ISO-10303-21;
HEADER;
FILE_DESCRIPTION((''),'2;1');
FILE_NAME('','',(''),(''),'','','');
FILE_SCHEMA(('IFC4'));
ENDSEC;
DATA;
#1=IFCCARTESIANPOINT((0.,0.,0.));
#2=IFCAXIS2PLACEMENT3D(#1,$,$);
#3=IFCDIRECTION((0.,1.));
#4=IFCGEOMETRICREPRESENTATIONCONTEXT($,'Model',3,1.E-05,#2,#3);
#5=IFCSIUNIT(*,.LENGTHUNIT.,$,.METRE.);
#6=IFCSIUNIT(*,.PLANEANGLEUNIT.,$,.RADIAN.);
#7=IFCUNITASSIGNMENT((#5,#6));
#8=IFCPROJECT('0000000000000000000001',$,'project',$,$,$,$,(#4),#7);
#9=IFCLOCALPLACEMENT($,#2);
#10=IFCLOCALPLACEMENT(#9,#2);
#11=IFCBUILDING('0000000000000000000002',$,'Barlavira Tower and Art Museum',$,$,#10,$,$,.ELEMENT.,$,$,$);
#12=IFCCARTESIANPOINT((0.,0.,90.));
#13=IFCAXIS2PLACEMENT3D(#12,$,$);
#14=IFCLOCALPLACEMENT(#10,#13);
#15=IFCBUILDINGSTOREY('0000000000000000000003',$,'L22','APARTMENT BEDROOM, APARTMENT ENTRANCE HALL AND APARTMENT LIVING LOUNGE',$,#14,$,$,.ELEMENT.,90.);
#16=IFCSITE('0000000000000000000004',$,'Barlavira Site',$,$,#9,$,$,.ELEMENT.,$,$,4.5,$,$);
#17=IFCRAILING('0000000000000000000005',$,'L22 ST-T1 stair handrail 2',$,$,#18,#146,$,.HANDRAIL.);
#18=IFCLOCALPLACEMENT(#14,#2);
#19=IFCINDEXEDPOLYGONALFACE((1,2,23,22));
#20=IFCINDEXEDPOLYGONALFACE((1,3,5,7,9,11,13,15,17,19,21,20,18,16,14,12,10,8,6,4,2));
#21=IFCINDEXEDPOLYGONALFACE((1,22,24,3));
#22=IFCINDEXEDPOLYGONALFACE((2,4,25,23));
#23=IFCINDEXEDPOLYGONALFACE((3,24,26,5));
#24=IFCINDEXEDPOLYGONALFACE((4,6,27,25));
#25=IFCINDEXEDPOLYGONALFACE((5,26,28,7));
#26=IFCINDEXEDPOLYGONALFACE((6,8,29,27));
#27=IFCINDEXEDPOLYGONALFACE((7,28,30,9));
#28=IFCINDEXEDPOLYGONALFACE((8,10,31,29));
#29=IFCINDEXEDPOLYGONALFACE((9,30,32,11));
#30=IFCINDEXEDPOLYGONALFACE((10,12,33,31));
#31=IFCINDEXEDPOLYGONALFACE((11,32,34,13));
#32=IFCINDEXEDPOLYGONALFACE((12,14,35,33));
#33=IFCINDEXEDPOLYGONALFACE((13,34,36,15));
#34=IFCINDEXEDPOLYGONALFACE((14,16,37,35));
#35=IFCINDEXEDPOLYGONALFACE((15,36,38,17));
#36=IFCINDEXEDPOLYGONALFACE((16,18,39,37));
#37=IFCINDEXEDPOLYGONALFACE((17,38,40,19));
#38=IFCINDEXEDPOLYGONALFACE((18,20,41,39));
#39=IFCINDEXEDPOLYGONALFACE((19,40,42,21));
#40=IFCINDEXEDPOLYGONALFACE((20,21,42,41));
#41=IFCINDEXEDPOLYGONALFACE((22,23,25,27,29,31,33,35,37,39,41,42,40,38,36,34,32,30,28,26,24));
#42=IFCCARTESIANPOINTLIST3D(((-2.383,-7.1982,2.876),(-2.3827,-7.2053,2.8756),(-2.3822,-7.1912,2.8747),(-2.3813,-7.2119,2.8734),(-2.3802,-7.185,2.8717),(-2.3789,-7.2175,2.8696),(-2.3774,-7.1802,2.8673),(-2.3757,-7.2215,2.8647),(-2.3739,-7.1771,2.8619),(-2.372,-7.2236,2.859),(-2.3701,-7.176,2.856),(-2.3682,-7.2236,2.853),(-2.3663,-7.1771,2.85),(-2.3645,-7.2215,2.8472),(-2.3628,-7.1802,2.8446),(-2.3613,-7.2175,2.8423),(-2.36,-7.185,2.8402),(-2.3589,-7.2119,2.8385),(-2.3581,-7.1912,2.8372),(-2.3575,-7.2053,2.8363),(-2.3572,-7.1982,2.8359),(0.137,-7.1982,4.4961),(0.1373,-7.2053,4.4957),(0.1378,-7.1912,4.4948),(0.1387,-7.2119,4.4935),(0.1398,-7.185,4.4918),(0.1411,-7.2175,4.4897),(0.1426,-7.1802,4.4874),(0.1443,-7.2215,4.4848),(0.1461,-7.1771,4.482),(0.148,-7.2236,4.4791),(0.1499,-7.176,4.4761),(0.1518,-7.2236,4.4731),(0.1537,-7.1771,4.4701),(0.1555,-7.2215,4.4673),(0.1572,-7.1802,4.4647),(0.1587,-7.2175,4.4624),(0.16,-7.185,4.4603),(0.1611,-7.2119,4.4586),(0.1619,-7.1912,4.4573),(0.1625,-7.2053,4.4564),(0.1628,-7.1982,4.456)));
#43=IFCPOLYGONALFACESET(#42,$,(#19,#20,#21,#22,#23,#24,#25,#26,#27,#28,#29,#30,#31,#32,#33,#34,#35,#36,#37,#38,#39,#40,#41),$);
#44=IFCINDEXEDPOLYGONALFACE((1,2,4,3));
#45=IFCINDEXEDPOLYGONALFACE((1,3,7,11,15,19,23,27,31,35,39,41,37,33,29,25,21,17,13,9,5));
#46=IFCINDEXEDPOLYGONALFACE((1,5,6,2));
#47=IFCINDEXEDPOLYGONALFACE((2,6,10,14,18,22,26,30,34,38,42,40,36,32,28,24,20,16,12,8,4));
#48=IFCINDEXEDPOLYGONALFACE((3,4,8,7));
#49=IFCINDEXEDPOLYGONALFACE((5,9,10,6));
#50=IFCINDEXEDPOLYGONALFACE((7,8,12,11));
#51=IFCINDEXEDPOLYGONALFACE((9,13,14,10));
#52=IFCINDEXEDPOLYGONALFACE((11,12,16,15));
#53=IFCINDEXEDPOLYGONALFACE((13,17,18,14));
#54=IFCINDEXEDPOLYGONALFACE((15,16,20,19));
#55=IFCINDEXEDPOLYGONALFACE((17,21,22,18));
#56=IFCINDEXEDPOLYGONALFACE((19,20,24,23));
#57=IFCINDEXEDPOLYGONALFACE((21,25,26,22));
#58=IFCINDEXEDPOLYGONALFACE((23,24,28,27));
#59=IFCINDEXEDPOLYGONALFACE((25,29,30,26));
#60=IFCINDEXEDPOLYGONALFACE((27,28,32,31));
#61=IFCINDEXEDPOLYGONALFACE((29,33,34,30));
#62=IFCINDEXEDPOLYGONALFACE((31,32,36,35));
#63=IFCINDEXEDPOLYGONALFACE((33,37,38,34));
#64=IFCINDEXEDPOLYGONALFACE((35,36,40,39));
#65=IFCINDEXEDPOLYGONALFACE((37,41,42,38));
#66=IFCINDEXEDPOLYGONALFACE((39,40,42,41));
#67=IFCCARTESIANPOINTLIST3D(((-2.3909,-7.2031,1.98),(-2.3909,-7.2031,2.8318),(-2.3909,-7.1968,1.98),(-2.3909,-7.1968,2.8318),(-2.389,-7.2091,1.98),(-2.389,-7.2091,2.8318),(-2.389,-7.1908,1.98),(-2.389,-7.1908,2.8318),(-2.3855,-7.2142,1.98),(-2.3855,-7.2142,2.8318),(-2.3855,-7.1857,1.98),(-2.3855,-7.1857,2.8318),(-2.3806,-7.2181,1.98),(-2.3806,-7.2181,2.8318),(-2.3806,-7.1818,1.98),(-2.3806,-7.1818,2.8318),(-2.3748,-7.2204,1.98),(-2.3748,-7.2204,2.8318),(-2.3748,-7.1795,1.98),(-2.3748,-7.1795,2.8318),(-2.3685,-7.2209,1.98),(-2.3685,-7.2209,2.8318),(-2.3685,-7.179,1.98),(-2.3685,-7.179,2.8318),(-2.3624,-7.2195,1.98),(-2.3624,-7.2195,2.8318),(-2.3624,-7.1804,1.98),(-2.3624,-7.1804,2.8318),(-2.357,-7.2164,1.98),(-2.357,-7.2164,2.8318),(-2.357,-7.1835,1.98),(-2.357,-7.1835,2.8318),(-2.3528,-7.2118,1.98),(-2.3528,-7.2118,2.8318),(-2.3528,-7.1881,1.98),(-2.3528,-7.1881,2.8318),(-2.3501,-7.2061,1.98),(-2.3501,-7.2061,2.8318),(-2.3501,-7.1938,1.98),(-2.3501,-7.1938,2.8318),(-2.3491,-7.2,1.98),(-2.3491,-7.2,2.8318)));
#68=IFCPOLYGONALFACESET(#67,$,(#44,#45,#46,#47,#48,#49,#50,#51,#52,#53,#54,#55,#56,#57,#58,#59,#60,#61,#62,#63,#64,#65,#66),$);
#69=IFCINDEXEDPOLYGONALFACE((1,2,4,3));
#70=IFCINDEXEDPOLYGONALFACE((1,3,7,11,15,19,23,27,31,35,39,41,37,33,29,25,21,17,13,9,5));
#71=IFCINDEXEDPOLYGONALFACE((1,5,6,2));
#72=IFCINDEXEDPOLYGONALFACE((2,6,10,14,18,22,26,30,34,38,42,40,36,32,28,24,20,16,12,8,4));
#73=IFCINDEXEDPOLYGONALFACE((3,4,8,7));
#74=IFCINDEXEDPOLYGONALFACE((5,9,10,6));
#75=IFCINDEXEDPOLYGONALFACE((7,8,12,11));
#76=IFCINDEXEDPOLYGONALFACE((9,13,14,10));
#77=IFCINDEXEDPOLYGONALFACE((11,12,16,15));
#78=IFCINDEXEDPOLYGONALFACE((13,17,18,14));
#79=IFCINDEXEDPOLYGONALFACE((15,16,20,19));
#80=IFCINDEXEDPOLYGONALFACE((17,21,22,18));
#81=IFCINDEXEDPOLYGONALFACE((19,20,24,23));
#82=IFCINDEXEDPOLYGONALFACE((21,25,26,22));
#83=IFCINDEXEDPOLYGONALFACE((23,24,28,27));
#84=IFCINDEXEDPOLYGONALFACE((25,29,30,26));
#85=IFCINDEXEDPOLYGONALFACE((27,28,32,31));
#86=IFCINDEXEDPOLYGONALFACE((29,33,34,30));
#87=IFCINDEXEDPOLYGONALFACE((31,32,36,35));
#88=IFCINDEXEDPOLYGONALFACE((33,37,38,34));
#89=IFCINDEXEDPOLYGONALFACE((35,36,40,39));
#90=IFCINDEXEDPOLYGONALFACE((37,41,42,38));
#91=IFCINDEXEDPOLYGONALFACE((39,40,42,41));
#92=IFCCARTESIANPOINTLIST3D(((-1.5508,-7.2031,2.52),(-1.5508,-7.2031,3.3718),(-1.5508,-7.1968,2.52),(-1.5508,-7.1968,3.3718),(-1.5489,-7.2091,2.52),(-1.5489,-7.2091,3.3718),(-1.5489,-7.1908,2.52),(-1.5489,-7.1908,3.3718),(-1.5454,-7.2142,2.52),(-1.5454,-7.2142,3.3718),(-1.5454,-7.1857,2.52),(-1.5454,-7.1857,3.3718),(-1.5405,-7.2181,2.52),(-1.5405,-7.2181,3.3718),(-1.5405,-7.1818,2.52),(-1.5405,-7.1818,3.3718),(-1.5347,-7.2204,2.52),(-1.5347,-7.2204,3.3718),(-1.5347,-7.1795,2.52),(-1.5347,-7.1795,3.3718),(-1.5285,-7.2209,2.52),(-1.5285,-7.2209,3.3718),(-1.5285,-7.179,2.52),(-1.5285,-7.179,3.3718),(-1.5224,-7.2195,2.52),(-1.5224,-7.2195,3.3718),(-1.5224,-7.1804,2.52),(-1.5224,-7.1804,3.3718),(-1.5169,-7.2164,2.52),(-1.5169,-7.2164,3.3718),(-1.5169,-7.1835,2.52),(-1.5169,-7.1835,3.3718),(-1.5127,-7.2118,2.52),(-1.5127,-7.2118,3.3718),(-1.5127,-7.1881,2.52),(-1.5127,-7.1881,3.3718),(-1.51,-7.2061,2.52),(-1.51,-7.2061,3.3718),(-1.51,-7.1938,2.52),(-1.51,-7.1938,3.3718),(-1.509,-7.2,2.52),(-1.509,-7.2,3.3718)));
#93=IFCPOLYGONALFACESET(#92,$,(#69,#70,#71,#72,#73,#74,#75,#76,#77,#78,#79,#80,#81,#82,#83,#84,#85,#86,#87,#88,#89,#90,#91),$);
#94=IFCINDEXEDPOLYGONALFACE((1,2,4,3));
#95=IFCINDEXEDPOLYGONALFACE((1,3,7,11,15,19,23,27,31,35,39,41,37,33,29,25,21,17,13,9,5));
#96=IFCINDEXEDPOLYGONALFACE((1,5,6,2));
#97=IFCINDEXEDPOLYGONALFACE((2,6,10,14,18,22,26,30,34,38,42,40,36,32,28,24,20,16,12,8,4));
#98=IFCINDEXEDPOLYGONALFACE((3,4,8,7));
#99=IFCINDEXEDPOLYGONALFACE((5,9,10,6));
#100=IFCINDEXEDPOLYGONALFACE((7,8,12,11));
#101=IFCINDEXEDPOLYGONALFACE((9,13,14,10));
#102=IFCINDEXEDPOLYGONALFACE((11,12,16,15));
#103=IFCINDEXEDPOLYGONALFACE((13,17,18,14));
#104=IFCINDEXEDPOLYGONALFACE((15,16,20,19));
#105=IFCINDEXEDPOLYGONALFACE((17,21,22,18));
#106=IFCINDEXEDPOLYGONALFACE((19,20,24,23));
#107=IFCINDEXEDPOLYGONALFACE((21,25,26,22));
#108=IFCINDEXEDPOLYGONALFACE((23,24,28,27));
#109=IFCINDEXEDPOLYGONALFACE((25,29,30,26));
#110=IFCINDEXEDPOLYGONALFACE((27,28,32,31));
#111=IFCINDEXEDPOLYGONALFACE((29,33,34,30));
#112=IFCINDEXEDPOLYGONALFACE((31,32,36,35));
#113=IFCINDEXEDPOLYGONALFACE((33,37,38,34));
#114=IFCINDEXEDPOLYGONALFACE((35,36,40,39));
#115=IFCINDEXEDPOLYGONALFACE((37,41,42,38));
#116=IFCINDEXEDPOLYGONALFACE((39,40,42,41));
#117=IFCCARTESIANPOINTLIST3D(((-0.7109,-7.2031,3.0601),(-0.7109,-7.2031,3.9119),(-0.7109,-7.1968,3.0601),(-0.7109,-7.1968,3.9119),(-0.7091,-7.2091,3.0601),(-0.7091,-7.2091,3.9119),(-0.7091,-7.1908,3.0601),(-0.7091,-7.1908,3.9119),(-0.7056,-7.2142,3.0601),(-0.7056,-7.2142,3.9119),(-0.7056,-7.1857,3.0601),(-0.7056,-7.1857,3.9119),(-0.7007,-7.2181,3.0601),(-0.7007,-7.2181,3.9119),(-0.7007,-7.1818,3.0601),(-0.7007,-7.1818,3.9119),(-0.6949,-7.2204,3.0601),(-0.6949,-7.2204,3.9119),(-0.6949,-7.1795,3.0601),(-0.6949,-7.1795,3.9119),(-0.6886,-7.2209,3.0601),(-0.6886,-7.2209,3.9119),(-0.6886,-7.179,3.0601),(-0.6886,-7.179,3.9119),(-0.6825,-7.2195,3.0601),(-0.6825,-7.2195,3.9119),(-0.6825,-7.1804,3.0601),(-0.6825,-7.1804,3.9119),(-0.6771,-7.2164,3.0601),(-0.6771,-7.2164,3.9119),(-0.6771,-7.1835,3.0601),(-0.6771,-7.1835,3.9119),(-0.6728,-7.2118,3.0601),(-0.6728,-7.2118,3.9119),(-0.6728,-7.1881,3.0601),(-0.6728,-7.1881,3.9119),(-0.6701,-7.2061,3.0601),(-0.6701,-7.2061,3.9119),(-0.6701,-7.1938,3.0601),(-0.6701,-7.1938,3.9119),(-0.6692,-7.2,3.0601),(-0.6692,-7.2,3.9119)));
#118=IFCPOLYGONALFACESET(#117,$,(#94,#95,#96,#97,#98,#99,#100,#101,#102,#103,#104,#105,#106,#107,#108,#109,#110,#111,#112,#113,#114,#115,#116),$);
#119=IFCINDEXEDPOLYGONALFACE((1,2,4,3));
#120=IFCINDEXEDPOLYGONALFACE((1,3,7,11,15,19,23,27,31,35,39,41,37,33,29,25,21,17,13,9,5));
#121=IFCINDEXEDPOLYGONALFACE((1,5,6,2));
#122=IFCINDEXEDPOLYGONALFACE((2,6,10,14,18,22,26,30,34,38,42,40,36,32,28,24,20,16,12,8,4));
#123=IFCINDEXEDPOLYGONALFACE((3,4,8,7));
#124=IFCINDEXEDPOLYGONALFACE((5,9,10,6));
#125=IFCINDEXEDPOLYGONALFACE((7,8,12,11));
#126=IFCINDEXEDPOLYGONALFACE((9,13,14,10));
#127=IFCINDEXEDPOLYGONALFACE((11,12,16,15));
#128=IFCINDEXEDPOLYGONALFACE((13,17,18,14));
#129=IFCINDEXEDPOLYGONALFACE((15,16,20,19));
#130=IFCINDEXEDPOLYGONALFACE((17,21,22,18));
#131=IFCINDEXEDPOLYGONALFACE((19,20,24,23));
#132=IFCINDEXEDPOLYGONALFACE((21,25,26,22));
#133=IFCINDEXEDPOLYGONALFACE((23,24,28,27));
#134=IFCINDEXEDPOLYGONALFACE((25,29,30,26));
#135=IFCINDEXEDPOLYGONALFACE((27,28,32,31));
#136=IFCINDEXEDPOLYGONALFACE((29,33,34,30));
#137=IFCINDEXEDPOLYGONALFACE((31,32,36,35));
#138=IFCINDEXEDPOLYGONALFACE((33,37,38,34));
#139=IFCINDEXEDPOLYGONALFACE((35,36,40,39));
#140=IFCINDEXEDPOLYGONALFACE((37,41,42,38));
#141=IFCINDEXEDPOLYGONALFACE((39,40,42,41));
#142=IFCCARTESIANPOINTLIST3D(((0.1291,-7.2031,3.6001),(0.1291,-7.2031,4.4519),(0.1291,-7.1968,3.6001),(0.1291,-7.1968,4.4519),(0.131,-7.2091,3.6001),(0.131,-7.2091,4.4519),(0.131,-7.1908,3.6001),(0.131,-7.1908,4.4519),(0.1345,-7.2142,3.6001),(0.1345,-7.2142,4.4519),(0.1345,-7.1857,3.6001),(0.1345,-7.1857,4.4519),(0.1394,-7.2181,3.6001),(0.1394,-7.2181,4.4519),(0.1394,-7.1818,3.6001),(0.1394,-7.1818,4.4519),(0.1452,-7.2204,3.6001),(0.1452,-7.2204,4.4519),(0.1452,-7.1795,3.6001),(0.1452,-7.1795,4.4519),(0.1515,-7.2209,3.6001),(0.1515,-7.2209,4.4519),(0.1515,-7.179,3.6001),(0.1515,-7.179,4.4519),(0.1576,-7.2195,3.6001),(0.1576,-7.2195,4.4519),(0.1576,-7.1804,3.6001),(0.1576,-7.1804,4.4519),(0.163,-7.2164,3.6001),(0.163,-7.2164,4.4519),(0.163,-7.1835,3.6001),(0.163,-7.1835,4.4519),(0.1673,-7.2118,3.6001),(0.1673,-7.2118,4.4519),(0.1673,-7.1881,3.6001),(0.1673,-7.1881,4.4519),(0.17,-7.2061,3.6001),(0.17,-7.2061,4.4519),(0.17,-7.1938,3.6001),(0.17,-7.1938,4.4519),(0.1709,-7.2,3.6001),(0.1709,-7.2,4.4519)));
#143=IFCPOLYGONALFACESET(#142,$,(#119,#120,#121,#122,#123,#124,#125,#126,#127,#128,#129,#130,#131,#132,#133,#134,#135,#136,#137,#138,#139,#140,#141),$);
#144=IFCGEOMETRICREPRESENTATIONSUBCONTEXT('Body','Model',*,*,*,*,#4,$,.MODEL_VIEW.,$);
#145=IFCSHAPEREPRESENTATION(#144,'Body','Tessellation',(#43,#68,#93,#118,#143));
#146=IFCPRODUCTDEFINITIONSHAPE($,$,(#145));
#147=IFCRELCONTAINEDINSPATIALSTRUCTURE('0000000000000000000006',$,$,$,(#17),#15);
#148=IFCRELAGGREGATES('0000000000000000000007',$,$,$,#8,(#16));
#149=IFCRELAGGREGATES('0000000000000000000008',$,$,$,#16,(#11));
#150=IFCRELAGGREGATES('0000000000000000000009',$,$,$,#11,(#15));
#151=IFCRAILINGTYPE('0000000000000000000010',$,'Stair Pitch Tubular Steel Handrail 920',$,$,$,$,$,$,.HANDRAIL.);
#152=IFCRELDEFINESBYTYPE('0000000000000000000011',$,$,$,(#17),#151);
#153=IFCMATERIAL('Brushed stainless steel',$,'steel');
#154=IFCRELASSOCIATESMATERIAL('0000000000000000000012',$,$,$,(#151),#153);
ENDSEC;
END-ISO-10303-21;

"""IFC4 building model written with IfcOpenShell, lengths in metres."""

from ifc_helpers import new_model, si_unit, direction, frame, origin, origin_2d, place, context, subcontext, project, spatial, circle, extrude, material, type_object, element, save


model = new_model("IFC4")

# Units and contexts
model_context = context("Model", 3, precision=1e-05, world=origin(), true_north=direction((0.0, 1.0)))
body_context = subcontext(model_context, "Body", "Model", "MODEL_VIEW")
ifc_project = project(units=[si_unit("LENGTHUNIT", "METRE"), si_unit("PLANEANGLEUNIT", "RADIAN")], contexts=[model_context])

# Site, building, storey
site_placement = place(None, origin())
site = spatial("IfcSite", under=ifc_project, at=site_placement, Name="Barlavira Site", CompositionType="ELEMENT", RefElevation=4.5)
building_placement = place(site_placement, origin())
building = spatial("IfcBuilding", under=site, at=building_placement, Name="Barlavira Tower and Art Museum", CompositionType="ELEMENT")
storey_placement = place(building_placement, frame((0.0, 0.0, 90.0)))
storey = spatial("IfcBuildingStorey", under=building, at=storey_placement, Name="L22", Description="APARTMENT BEDROOM, APARTMENT ENTRANCE HALL AND APARTMENT LIVING LOUNGE", CompositionType="ELEMENT", Elevation=90.0)

# Shared definitions
ifc_material_1 = material(Name="Brushed stainless steel", Category="steel")

# Railing
railing_type_1 = type_object("IfcRailingType", Name="Stair Pitch Tubular Steel Handrail 920", PredefinedType="HANDRAIL", material=ifc_material_1)
railing_1_placement = place(storey_placement, frame((-2.3701, -7.2, 1.98)))
element("IfcRailing", 1, at=railing_1_placement, inside=storey, type_object=railing_type_1, Name="L22 ST-T1 stair handrail 2", PredefinedType="HANDRAIL", context=body_context, shape_type="SweptSolid", body=[
    extrude(circle(Radius=0.0239, at=origin_2d()), frame((0.0, 0.0, 0.876), z_axis=(0.841163, 0.0, 0.540782), x_axis=(0.0, 1.0, 0.0)), (0.0, 0.0, 1.0), 2.9958),
    extrude(circle(Radius=0.021, at=origin_2d()), origin(), (0.0, 0.0, 1.0), 0.8518),
    extrude(circle(Radius=0.021, at=origin_2d()), frame((0.8401, 0.0, 0.54)), (0.0, 0.0, 1.0), 0.8518),
    extrude(circle(Radius=0.021, at=origin_2d()), frame((1.6799, 0.0, 1.0801)), (0.0, 0.0, 1.0), 0.8518),
    extrude(circle(Radius=0.021, at=origin_2d()), frame((2.52, 0.0, 1.6201)), (0.0, 0.0, 1.0), 0.8518),
])

save(model, "model.ifc")
